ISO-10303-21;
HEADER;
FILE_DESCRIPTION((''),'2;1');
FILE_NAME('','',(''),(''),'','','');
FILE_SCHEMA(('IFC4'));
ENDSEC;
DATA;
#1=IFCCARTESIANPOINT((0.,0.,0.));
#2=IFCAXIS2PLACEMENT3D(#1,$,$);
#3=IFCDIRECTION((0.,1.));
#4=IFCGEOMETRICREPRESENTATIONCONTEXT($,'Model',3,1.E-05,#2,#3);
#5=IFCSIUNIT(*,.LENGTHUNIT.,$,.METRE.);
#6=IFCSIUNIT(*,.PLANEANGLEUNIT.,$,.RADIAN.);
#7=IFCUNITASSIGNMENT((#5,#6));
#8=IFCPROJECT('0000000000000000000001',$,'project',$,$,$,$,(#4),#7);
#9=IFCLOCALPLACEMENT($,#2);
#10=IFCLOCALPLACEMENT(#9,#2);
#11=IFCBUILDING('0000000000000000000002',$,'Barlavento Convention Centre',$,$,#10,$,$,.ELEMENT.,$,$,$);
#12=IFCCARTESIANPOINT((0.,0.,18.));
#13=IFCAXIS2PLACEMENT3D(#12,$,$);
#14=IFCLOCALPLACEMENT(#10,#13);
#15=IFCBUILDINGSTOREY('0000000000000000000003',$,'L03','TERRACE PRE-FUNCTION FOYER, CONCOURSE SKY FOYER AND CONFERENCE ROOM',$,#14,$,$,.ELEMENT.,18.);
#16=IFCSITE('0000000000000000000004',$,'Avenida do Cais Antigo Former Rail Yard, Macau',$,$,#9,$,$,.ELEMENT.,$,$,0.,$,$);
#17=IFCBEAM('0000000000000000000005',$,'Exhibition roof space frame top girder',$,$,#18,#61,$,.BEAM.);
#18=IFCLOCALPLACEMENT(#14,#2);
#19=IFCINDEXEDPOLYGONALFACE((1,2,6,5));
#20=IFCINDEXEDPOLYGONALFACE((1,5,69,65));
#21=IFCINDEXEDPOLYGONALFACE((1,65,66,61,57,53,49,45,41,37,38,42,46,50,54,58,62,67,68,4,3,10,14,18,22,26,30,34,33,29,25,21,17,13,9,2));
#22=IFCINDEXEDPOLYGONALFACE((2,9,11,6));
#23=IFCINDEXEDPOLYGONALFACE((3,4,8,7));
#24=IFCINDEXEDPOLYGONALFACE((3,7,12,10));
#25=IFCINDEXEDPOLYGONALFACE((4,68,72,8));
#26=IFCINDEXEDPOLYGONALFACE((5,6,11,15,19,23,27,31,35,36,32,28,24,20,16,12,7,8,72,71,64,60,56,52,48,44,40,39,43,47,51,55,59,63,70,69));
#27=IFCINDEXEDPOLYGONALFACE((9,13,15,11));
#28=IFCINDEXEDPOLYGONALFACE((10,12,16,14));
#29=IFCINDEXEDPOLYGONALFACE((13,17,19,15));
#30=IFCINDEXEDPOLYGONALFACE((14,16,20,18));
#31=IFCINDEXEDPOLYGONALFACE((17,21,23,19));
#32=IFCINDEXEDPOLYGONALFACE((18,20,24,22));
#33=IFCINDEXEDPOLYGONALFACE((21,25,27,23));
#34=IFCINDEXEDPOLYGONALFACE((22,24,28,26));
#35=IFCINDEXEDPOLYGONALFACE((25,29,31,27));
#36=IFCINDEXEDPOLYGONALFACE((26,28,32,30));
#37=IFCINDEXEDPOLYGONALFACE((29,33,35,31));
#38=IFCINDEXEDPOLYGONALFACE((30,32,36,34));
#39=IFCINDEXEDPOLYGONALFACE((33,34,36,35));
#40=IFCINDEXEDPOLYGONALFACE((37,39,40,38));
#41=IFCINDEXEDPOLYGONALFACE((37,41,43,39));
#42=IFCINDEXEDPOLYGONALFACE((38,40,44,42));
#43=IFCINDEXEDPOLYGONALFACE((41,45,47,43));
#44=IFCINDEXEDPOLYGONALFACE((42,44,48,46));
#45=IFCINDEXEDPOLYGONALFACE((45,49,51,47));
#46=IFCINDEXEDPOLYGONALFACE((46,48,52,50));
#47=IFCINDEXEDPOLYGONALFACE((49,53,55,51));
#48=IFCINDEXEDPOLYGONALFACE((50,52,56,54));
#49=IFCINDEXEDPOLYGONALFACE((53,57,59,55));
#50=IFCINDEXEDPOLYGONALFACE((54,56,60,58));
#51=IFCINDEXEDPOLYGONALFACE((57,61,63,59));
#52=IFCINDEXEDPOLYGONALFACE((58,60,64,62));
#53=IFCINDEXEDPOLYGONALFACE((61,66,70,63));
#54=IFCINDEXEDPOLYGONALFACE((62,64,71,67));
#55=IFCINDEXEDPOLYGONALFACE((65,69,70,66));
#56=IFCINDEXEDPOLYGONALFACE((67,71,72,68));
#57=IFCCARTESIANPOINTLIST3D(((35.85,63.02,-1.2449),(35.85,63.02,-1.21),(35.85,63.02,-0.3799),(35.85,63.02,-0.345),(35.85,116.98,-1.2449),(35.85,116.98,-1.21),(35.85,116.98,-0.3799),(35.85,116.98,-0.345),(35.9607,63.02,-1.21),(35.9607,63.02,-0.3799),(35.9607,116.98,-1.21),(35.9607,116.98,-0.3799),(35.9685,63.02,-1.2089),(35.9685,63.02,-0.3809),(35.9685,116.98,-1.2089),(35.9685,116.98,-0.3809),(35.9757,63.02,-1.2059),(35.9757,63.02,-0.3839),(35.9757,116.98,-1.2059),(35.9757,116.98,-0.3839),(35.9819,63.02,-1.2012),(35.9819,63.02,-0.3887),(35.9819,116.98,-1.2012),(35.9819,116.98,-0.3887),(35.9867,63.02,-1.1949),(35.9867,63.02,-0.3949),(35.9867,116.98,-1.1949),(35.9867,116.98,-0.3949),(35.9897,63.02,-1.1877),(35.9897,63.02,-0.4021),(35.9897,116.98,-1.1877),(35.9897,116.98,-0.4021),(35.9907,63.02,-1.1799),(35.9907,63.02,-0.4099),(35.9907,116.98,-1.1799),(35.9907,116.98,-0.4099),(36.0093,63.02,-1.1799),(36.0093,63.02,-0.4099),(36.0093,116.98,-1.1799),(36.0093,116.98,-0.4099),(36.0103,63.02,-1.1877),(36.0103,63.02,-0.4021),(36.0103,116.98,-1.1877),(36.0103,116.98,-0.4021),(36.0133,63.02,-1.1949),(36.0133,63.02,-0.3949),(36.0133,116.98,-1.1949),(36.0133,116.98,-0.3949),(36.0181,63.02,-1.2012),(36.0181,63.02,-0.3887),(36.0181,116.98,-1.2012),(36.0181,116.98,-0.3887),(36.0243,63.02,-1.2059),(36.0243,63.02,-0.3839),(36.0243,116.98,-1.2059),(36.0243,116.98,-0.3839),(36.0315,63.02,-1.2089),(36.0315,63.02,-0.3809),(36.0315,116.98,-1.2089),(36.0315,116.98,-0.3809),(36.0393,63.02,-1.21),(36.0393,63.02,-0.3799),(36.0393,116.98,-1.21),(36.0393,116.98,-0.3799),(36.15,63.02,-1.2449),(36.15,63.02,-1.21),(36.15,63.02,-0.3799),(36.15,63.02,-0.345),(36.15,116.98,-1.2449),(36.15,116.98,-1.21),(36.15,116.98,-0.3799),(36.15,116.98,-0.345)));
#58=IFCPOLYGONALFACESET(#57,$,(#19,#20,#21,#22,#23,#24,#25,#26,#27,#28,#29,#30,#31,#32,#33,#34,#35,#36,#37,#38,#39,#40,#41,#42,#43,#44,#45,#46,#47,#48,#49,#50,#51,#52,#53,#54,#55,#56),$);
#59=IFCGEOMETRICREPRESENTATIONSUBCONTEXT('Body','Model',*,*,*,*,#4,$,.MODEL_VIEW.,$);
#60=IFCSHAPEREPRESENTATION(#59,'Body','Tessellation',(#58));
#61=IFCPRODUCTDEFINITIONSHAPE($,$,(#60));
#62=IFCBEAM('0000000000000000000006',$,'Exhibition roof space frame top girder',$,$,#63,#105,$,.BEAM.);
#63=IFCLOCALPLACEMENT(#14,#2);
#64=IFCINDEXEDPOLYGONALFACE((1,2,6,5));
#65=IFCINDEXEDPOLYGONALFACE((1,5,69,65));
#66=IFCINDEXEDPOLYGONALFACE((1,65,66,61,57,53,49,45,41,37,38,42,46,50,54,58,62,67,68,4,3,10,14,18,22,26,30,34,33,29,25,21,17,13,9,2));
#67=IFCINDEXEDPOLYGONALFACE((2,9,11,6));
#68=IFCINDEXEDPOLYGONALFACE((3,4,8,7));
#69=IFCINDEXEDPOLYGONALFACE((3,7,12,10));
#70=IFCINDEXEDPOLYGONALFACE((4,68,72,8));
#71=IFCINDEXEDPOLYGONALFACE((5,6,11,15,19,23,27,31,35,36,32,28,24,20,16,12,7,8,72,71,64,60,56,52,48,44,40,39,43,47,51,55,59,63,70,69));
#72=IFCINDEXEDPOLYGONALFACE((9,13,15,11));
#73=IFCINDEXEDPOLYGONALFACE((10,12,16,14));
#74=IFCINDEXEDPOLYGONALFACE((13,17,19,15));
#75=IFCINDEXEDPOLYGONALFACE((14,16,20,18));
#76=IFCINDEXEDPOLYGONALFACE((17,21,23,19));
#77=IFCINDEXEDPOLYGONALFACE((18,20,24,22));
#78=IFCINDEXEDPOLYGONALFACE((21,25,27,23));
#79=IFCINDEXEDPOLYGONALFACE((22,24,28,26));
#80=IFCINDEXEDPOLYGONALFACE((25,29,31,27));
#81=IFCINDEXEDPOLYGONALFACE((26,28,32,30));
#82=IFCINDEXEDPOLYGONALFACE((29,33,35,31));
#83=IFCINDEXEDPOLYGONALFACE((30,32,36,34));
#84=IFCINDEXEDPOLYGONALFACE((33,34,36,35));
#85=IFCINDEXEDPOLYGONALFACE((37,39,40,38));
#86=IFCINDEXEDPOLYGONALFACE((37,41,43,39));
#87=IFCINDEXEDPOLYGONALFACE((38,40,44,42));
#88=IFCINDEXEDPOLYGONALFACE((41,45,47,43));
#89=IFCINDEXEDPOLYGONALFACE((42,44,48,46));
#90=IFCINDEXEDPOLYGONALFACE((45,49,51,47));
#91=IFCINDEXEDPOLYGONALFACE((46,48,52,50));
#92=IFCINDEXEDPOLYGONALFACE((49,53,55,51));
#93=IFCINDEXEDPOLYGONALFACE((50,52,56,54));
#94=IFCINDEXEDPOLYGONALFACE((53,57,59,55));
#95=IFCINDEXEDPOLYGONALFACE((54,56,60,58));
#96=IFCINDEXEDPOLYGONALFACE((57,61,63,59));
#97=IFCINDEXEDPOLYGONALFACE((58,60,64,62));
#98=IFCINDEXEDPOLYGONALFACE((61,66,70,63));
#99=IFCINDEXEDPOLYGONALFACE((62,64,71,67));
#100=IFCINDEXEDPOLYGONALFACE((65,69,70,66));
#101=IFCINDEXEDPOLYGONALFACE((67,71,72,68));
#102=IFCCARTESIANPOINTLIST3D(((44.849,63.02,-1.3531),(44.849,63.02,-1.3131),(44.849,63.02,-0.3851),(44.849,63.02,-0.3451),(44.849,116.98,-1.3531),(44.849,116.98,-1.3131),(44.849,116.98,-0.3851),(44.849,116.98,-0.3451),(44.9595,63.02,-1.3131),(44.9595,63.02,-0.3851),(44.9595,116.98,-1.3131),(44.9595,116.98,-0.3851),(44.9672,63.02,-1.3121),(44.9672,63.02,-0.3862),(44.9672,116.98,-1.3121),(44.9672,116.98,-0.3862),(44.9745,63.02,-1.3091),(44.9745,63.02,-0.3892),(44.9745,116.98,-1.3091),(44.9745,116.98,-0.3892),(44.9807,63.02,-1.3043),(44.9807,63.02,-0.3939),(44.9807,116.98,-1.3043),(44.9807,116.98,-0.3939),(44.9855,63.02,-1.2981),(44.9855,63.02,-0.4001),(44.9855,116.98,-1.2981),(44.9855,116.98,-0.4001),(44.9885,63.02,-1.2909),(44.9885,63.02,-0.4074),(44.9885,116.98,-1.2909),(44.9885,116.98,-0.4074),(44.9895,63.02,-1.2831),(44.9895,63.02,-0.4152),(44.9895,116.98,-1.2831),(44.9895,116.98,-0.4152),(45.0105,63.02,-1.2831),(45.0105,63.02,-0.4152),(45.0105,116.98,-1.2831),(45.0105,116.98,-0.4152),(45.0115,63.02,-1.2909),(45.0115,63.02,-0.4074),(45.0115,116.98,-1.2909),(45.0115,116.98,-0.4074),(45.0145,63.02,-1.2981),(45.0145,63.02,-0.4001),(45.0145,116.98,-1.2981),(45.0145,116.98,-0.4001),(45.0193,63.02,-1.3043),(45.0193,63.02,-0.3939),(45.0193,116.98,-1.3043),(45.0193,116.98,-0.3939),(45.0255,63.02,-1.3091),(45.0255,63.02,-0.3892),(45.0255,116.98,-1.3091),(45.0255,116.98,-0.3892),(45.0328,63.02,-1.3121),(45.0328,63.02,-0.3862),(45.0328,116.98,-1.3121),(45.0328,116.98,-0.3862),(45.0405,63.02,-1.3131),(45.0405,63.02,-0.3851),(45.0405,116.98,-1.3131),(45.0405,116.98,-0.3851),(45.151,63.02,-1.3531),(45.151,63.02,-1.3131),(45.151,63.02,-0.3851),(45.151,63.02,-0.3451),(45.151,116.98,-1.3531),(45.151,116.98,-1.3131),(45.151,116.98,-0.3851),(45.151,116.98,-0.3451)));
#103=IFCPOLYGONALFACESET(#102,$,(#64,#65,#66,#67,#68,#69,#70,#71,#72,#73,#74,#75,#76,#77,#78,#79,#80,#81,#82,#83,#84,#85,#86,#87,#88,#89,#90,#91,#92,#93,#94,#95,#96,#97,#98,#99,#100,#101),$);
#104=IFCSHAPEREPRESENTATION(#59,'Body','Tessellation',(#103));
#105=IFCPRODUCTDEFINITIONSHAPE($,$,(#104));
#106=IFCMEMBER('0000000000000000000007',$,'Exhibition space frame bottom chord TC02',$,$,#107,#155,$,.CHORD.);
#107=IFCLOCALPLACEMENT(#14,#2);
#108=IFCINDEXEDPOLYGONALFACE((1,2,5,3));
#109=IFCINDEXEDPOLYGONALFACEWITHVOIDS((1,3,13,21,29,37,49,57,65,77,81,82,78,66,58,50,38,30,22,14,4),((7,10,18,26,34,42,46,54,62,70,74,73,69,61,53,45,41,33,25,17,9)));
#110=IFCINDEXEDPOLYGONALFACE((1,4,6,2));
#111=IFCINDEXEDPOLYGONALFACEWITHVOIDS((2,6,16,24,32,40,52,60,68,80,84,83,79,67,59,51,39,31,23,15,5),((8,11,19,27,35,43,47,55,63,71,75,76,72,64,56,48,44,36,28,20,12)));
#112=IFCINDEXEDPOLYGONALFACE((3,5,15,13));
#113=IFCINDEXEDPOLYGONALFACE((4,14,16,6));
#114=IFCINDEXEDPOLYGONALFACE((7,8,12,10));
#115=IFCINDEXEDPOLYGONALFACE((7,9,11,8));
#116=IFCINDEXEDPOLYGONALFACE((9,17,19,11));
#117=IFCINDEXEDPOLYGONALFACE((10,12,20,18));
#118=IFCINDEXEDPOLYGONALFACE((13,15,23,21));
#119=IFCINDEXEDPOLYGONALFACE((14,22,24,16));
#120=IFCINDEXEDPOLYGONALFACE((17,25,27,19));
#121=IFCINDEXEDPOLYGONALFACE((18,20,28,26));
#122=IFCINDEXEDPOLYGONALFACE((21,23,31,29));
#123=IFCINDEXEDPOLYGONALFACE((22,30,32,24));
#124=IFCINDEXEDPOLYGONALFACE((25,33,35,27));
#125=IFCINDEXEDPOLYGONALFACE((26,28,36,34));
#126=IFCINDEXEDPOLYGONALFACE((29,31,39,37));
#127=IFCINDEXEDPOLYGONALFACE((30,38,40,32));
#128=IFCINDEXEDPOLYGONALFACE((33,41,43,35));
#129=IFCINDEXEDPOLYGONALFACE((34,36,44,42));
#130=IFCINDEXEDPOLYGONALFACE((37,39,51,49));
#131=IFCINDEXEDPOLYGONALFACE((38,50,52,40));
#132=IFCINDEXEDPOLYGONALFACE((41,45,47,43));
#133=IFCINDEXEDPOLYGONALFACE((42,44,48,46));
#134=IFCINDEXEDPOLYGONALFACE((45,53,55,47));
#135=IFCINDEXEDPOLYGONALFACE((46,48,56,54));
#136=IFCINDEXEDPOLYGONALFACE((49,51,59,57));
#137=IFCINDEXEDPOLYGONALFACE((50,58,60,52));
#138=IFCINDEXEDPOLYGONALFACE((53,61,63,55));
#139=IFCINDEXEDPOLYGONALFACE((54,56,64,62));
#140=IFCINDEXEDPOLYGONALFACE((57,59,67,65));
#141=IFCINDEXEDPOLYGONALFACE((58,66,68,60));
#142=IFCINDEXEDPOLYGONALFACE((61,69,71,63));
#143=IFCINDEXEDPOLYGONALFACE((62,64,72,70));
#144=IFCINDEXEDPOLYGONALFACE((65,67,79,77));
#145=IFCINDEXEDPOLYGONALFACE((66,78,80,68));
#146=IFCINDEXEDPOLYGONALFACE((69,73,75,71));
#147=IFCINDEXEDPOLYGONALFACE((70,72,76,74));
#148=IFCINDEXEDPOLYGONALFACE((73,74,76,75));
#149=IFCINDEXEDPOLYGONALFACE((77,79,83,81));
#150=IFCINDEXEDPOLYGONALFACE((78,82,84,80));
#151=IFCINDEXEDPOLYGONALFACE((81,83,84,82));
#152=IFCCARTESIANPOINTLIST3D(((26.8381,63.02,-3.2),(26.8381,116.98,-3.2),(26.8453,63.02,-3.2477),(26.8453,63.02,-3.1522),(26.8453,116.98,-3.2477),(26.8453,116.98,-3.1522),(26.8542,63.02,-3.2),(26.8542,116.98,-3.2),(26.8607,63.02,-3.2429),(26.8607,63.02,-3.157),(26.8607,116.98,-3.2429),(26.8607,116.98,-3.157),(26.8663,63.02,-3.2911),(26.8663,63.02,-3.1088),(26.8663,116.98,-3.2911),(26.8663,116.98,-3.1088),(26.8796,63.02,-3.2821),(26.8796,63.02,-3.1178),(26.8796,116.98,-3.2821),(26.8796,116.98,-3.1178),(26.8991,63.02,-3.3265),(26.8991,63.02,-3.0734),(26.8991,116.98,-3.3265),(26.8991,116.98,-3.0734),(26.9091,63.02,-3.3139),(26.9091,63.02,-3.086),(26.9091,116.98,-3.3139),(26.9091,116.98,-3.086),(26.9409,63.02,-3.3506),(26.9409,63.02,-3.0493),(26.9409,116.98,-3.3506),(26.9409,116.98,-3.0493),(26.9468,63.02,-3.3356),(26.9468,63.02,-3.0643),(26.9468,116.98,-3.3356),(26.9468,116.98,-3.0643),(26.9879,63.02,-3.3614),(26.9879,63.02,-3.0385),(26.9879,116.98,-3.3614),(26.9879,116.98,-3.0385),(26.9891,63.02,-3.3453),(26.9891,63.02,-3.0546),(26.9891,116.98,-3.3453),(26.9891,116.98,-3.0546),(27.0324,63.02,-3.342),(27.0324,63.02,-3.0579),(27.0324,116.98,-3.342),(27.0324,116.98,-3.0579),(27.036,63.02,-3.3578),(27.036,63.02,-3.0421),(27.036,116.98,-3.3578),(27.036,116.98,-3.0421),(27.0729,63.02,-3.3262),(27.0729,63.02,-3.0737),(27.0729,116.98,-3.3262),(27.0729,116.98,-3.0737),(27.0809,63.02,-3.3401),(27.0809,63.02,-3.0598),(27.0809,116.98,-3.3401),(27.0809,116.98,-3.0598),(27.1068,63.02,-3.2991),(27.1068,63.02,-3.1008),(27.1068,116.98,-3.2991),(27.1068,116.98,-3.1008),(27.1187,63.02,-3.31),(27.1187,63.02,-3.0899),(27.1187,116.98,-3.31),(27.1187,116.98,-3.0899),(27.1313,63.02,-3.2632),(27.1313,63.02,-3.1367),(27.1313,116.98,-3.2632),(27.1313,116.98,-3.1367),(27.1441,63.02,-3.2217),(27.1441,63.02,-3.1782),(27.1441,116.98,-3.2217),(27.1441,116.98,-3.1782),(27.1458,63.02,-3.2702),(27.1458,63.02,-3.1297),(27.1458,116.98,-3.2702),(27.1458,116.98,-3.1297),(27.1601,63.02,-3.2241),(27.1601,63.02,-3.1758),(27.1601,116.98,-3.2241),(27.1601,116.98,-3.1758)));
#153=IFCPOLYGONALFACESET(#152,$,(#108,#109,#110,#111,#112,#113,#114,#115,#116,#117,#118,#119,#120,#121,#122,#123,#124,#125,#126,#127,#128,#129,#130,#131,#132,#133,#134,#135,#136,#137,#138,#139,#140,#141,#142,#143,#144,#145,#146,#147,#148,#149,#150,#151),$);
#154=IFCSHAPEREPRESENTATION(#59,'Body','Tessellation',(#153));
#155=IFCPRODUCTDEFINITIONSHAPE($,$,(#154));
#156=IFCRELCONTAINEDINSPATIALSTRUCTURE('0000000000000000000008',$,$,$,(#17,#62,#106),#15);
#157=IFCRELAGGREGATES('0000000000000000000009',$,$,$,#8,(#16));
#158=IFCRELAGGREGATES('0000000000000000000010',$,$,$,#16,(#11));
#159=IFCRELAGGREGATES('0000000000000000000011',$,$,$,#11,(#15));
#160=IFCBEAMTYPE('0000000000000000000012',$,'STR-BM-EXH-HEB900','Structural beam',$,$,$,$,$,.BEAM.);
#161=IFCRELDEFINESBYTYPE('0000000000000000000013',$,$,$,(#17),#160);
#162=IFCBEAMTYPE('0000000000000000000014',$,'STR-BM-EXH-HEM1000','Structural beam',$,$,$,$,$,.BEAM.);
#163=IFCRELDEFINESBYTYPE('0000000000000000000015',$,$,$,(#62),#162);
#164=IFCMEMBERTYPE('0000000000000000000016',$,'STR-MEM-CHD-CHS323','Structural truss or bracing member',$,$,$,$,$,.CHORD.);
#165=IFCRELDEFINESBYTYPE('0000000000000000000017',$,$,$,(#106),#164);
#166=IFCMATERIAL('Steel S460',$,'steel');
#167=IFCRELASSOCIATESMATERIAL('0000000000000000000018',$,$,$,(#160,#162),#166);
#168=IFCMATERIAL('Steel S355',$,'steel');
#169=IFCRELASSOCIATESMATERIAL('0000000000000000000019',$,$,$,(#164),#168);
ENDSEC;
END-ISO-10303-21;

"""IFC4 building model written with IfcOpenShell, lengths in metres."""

from ifc_helpers import new_model, si_unit, direction, frame, origin, origin_2d, place, context, subcontext, project, spatial, hollow_circle, i_section, extrude, material, material_profile, profile_set, type_object, element, save


model = new_model("IFC4")

# Units and contexts
model_context = context("Model", 3, precision=1e-05, world=origin(), true_north=direction((0.0, 1.0)))
body_context = subcontext(model_context, "Body", "Model", "MODEL_VIEW")
ifc_project = project(units=[si_unit("LENGTHUNIT", "METRE"), si_unit("PLANEANGLEUNIT", "RADIAN")], contexts=[model_context])

# Site, building, storey
site_placement = place(None, origin())
site = spatial("IfcSite", under=ifc_project, at=site_placement, Name="Avenida do Cais Antigo Former Rail Yard, Macau", CompositionType="ELEMENT", RefElevation=0.0)
building_placement = place(site_placement, origin())
building = spatial("IfcBuilding", under=site, at=building_placement, Name="Barlavento Convention Centre", CompositionType="ELEMENT")
storey_placement = place(building_placement, frame((0.0, 0.0, 18.0)))
storey = spatial("IfcBuildingStorey", under=building, at=storey_placement, Name="L03", Description="TERRACE PRE-FUNCTION FOYER, CONCOURSE SKY FOYER AND CONFERENCE ROOM", CompositionType="ELEMENT", Elevation=18.0)

# Beams
ifc_material_1 = material(Name="Steel S460", Category="steel")
ifc_material_profile_1 = material_profile(ifc_material_1, i_section(OverallWidth=0.3, OverallDepth=0.8999, WebThickness=0.0186, FlangeThickness=0.0349, FilletRadius=0.03, at=origin_2d()), Name="HEB 900")
ifc_profile_set_1 = profile_set([ifc_material_profile_1], Name="Steel S460")
beam_type_1 = type_object("IfcBeamType", Name="STR-BM-EXH-HEB900", Description="Structural beam", PredefinedType="BEAM", material=ifc_profile_set_1)
beam_1_placement = place(storey_placement, frame((36.0, 63.02, -0.7949), z_axis=(0.0, 1.0, 0.0), x_axis=(-1.0, 0.0, 0.0)))
element("IfcBeam", 1, at=beam_1_placement, inside=storey, type_object=beam_type_1, Name="Exhibition roof space frame top girder", PredefinedType="BEAM", context=body_context, shape_type="SweptSolid", body=[
    extrude(i_section(OverallWidth=0.3, OverallDepth=0.8999, WebThickness=0.0186, FlangeThickness=0.0349, FilletRadius=0.03, at=origin_2d()), origin(), (0.0, 0.0, 1.0), 53.96),
])
ifc_material_profile_2 = material_profile(ifc_material_1, i_section(OverallWidth=0.302, OverallDepth=1.0081, WebThickness=0.021, FlangeThickness=0.04, FilletRadius=0.03, at=origin_2d()), Name="HEM 1000")
ifc_profile_set_2 = profile_set([ifc_material_profile_2], Name="Steel S460")
beam_type_2 = type_object("IfcBeamType", Name="STR-BM-EXH-HEM1000", Description="Structural beam", PredefinedType="BEAM", material=ifc_profile_set_2)
beam_2_placement = place(storey_placement, frame((45.0, 63.02, -0.8491), z_axis=(0.0, 1.0, 0.0), x_axis=(-1.0, 0.0, 0.0)))
element("IfcBeam", 2, at=beam_2_placement, inside=storey, type_object=beam_type_2, Name="Exhibition roof space frame top girder", PredefinedType="BEAM", context=body_context, shape_type="SweptSolid", body=[
    extrude(i_section(OverallWidth=0.302, OverallDepth=1.0081, WebThickness=0.021, FlangeThickness=0.04, FilletRadius=0.03, at=origin_2d()), origin(), (0.0, 0.0, 1.0), 53.96),
])

# Member
ifc_material_2 = material(Name="Steel S355", Category="steel")
ifc_material_profile_3 = material_profile(ifc_material_2, hollow_circle(Radius=0.1619, WallThickness=0.0161, at=origin_2d()), Name="CHS 323.9x16.0")
ifc_profile_set_3 = profile_set([ifc_material_profile_3], Name="Steel S355")
member_type_1 = type_object("IfcMemberType", Name="STR-MEM-CHD-CHS323", Description="Structural truss or bracing member", PredefinedType="CHORD", material=ifc_profile_set_3)
for number, where, z_axis, x_axis, name in (
    (3, (27.0, 63.02, -3.2), (0.0, 1.0, 0.0), (-1.0, 0.0, 0.0), "Exhibition space frame bottom chord TC02"),
):
    element("IfcMember", number, at=place(storey_placement, frame(where, z_axis=z_axis, x_axis=x_axis)), inside=storey, type_object=member_type_1, Name=name, PredefinedType="CHORD", context=body_context, shape_type="SweptSolid", body=[
        extrude(hollow_circle(Radius=0.1619, WallThickness=0.0161, at=origin_2d()), origin(), (0.0, 0.0, 1.0), 53.96),
    ])

save(model, "model.ifc")
